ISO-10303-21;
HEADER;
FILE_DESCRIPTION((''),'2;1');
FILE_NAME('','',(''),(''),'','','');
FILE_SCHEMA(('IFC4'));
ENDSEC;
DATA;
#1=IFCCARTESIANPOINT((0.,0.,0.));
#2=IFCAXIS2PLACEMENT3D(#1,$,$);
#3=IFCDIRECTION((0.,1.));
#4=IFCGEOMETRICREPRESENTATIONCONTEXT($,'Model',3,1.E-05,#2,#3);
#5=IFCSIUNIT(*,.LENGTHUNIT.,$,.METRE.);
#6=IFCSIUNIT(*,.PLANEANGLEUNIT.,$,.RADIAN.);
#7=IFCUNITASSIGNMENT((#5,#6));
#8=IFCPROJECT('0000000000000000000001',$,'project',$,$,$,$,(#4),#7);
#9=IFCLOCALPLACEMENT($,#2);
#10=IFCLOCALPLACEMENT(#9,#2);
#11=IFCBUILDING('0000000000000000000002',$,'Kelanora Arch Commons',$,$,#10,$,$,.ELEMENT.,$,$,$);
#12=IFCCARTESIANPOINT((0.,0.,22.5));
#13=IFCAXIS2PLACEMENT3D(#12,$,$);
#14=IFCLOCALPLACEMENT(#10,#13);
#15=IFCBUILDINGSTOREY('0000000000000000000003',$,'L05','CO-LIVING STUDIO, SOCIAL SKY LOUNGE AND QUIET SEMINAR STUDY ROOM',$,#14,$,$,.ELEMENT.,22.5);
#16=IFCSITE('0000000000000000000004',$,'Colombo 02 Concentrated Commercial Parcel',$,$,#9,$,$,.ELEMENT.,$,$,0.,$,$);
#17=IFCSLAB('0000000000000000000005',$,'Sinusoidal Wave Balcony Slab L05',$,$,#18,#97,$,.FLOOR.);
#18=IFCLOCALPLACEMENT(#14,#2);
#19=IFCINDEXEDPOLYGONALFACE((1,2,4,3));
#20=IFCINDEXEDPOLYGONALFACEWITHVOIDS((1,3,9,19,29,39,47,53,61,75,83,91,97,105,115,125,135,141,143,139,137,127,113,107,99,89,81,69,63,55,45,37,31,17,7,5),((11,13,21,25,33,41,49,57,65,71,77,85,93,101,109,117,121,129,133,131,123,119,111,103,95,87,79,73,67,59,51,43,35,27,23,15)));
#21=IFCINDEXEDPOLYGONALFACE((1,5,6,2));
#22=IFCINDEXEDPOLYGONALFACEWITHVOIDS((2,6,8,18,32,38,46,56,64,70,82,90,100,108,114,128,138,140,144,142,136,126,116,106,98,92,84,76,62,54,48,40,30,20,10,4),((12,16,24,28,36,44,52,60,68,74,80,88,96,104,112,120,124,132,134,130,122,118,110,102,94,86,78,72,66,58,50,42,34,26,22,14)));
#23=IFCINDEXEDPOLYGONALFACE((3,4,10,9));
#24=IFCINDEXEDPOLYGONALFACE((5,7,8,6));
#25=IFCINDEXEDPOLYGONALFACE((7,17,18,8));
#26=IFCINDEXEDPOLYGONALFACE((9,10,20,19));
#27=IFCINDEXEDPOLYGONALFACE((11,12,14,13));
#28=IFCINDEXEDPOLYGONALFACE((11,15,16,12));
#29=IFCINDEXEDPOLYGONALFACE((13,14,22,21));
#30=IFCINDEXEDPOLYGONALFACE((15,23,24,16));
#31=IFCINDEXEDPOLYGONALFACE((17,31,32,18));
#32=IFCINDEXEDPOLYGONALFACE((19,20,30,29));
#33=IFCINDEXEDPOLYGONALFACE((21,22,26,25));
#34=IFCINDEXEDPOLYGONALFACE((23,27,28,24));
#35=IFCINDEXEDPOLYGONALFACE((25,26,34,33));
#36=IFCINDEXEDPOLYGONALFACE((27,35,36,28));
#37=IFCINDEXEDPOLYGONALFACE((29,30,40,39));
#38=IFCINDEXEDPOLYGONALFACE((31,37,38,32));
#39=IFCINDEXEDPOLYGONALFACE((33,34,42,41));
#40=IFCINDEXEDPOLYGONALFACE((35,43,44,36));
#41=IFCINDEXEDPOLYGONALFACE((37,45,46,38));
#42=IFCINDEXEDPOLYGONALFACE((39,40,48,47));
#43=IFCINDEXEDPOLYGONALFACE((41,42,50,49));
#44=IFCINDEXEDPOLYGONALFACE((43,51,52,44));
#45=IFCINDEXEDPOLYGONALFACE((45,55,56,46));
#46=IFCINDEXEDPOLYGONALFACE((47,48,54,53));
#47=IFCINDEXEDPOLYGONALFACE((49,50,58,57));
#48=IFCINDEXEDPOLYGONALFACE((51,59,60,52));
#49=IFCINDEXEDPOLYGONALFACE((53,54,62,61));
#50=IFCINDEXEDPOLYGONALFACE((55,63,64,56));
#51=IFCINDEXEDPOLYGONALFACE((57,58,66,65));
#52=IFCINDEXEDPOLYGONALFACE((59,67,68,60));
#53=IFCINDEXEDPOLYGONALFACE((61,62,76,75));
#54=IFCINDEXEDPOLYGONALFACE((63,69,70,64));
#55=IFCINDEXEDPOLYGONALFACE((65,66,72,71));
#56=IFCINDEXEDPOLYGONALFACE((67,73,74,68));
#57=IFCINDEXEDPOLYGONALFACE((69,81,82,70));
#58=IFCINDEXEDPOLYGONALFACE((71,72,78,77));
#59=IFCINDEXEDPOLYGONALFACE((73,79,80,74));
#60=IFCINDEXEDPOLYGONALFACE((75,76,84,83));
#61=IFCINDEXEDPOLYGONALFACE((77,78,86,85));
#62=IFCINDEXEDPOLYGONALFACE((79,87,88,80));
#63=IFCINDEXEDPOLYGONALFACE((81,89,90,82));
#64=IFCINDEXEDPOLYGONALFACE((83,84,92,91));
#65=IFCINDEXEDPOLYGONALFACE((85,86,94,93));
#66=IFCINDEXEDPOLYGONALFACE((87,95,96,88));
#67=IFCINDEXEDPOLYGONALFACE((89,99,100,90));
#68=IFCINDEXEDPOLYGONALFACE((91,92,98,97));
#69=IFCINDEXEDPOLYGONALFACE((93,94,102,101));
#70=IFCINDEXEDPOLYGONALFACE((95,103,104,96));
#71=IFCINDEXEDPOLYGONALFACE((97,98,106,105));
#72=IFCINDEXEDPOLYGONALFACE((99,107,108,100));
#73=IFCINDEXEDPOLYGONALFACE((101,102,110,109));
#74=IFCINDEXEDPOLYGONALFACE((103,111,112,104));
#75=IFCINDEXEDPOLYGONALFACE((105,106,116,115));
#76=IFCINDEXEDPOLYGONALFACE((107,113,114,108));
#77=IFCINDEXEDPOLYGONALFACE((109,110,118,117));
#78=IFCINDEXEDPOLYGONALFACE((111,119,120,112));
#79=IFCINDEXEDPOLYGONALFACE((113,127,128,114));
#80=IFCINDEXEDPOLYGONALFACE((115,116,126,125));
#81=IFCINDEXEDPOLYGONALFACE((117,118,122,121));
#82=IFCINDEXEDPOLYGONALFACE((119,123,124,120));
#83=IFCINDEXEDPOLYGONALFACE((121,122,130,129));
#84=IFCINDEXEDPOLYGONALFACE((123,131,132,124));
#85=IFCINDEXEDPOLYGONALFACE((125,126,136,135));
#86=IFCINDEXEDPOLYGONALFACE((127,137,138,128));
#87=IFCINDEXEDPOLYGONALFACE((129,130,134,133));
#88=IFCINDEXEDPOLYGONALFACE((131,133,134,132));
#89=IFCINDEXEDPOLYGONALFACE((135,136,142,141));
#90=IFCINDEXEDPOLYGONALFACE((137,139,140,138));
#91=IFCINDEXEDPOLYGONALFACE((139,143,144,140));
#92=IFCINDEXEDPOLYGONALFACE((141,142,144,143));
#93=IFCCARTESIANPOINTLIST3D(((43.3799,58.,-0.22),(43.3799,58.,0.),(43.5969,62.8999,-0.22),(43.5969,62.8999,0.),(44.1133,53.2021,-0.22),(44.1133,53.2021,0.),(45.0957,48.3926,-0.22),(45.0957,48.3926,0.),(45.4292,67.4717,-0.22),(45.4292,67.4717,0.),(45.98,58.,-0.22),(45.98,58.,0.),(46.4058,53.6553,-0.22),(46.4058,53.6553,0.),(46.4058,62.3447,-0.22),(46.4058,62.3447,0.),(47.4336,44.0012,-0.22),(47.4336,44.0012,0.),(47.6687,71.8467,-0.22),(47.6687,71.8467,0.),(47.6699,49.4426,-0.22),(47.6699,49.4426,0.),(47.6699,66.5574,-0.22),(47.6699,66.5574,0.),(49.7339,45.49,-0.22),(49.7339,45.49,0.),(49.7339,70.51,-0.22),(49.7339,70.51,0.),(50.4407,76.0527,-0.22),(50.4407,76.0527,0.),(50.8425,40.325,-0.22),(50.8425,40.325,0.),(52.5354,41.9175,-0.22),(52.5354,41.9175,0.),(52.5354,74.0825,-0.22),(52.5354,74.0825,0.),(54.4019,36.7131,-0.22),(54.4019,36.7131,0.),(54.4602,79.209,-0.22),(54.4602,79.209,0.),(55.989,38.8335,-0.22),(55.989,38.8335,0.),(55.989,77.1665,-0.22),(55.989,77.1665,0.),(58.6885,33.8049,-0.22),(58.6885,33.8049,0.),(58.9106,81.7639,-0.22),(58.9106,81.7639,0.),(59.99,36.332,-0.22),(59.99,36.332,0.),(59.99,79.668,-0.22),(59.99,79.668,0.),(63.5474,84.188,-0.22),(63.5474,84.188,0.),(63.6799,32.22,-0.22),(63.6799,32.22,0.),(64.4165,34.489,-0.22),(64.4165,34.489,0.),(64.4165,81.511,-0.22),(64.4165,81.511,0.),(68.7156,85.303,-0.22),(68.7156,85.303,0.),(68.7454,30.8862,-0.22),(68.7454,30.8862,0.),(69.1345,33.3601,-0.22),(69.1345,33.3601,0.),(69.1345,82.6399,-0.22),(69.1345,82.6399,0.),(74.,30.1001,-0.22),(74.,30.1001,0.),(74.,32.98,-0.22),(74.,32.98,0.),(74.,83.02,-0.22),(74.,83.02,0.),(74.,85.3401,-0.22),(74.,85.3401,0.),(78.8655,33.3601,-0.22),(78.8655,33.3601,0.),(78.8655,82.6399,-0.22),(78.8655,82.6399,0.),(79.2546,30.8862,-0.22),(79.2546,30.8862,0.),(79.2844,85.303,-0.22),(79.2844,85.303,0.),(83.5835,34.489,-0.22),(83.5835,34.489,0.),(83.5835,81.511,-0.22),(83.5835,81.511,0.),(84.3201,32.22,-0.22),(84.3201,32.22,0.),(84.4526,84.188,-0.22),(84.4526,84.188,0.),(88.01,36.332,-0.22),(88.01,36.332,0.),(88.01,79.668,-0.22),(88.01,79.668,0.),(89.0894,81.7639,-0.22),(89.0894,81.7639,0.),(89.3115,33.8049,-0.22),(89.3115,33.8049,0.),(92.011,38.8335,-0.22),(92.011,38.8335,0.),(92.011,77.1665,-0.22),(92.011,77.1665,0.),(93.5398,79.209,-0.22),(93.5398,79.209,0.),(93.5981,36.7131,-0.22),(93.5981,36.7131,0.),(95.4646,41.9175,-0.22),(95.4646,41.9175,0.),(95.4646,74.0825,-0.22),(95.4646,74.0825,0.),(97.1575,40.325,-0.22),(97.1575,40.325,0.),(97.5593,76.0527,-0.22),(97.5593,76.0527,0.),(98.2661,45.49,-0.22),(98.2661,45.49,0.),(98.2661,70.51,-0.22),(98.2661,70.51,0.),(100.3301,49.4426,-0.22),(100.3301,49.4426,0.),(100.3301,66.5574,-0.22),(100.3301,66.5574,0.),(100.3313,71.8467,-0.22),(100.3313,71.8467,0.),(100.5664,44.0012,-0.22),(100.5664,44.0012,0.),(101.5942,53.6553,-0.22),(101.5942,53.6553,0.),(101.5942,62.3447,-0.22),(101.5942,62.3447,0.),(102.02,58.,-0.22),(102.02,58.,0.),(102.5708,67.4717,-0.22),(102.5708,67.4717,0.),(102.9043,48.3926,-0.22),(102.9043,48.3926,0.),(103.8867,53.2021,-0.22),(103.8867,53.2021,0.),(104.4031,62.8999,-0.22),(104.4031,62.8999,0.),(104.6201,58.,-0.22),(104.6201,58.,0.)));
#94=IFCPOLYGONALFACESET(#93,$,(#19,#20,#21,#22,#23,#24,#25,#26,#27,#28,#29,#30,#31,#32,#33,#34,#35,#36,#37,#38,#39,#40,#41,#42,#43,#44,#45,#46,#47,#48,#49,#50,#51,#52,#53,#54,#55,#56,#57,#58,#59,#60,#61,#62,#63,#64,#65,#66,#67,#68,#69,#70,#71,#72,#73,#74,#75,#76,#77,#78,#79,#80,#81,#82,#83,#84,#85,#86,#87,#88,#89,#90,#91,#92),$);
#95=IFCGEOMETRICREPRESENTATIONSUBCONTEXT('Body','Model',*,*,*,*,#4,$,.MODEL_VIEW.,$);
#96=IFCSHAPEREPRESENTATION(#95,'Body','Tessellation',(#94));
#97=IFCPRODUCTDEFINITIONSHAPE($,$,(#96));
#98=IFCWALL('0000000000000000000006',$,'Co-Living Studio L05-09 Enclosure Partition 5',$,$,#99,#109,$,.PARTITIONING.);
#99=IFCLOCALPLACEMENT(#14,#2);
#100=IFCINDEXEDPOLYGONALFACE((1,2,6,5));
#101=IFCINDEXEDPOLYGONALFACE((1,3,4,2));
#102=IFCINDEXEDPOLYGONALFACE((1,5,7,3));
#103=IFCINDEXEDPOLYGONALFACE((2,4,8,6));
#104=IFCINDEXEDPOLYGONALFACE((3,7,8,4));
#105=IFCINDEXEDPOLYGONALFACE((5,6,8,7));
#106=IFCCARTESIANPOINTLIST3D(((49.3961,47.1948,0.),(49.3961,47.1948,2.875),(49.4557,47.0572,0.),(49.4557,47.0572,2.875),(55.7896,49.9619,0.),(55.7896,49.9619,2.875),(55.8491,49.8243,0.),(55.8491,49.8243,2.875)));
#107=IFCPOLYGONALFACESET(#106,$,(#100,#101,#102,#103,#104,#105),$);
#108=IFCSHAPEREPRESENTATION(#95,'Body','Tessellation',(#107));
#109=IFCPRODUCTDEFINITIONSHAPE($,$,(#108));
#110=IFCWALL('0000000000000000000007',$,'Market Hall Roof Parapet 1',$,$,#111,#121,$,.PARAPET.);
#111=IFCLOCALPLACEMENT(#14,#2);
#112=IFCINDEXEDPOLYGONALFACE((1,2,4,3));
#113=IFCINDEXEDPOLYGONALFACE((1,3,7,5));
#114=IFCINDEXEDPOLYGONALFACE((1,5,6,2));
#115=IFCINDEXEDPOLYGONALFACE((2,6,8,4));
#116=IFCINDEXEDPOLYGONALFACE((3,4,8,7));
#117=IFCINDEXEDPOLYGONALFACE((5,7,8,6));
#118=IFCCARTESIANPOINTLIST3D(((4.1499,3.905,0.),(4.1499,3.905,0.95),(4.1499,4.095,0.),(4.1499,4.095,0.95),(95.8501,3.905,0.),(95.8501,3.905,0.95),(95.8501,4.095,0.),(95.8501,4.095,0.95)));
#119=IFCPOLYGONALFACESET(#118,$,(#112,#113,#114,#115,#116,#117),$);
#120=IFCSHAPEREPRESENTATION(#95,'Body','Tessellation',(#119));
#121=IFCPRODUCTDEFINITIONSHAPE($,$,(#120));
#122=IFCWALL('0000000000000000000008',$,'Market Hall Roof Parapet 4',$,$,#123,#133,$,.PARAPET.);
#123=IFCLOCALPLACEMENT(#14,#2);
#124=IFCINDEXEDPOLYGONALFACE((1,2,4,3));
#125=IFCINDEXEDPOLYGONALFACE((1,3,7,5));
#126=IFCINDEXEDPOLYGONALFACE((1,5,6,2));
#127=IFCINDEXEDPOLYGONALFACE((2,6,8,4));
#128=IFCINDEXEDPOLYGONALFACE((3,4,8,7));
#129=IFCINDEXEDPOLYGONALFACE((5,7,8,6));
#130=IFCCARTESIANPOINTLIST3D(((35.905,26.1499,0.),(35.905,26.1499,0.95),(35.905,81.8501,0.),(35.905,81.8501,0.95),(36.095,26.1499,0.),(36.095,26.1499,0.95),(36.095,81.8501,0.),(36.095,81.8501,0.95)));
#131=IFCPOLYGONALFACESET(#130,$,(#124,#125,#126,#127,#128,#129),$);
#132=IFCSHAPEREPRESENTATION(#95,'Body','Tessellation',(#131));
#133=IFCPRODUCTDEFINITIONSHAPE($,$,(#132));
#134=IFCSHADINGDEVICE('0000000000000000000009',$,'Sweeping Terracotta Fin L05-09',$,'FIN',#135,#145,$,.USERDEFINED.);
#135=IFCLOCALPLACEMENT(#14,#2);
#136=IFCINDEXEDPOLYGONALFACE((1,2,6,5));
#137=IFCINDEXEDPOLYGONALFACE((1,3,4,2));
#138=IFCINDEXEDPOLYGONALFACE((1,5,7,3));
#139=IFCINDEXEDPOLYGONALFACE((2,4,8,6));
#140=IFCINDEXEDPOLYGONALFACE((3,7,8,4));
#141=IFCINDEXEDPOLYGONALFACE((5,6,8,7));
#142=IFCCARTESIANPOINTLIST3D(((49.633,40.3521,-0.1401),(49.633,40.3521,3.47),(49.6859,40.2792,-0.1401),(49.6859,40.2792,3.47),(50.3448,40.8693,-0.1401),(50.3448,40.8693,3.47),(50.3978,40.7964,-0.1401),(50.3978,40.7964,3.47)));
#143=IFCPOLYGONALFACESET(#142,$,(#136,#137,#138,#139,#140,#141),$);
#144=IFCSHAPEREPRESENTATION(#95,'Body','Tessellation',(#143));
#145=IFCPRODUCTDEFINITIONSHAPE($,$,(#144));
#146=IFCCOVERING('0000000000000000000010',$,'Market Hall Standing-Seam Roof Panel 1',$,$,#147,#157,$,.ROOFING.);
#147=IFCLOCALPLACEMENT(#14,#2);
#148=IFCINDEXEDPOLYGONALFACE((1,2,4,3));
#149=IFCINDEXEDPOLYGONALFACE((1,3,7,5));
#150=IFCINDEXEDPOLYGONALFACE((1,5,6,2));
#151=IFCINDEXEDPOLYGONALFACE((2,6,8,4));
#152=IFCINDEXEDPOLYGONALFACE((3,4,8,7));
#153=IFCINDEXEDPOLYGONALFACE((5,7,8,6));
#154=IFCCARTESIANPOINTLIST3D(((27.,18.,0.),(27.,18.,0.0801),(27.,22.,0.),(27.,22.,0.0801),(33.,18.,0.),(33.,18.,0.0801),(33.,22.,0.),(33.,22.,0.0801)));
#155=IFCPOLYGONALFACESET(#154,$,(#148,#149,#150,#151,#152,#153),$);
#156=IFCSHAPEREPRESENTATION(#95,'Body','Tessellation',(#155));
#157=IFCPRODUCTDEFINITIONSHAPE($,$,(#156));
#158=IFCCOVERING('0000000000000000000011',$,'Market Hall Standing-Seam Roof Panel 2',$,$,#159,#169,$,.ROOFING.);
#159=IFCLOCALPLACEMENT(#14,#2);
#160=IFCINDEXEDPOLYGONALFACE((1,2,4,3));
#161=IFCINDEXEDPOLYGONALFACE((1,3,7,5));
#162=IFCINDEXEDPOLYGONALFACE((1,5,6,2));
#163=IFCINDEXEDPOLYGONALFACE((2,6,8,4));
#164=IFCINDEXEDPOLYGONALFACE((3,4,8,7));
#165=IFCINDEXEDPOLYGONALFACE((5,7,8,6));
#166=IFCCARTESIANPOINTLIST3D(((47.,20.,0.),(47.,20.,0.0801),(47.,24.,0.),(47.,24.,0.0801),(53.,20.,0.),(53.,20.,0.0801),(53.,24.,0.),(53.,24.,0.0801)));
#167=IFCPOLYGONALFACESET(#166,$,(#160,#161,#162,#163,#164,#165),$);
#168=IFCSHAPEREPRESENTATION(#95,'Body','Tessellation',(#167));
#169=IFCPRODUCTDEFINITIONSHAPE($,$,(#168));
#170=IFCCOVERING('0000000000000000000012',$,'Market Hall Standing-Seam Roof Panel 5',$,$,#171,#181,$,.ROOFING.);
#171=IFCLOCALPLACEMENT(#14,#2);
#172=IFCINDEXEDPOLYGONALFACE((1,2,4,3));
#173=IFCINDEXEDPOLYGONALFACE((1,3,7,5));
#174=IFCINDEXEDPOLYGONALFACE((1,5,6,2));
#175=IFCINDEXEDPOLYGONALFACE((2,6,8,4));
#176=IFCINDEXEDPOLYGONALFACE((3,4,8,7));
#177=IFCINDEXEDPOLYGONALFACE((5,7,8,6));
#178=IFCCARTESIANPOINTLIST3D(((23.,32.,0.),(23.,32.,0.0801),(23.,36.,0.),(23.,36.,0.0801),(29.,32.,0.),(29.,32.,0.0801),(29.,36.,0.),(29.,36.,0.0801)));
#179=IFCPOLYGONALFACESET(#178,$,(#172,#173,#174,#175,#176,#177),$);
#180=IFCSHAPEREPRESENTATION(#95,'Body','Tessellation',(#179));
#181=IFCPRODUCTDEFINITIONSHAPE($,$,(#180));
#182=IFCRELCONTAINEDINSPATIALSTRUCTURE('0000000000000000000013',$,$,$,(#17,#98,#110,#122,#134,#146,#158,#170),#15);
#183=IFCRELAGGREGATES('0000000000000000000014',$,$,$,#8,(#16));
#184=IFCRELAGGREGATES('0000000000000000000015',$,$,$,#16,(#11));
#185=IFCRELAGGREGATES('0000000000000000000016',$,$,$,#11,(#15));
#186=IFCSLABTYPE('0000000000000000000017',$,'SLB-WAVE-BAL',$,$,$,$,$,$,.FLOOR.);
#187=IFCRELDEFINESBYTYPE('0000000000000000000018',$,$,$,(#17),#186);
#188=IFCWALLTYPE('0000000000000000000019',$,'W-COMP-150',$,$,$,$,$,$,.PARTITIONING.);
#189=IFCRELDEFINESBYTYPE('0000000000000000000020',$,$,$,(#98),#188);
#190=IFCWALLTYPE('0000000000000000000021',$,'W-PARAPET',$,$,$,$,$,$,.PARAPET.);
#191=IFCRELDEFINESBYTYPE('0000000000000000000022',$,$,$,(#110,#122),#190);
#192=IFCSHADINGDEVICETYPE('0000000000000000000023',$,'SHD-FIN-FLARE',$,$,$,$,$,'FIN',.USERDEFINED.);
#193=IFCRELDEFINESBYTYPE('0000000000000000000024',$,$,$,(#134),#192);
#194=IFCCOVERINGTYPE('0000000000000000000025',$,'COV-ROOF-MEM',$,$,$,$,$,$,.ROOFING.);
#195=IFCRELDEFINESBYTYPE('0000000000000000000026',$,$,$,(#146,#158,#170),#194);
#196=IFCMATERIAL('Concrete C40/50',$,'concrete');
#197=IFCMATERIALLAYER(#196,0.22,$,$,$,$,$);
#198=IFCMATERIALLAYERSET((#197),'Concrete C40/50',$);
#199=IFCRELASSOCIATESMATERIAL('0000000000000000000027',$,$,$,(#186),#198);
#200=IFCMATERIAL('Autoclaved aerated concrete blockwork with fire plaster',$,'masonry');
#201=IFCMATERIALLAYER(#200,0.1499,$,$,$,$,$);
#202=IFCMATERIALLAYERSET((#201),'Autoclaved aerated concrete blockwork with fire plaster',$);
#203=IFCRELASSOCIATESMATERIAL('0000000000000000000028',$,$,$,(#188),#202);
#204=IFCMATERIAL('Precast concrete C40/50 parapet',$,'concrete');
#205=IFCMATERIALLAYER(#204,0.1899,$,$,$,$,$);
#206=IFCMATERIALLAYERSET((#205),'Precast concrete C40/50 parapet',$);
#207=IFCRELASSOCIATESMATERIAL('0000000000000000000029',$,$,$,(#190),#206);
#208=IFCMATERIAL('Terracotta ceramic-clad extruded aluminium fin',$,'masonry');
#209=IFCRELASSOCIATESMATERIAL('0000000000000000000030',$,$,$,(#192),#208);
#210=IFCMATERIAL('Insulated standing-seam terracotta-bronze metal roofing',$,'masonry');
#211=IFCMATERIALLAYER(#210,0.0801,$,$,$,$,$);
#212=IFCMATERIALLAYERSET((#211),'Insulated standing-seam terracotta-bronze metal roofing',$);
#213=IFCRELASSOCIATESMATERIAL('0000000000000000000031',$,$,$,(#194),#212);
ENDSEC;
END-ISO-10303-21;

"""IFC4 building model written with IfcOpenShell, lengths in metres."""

from ifc_helpers import new_model, si_unit, direction, frame, frame_2d, origin, origin_2d, place, context, subcontext, project, spatial, polyline, rectangle, outline, extrude, source, transform, mapped, material, layer, layer_set, type_object, element, save


model = new_model("IFC4")

# Units and contexts
model_context = context("Model", 3, precision=1e-05, world=origin(), true_north=direction((0.0, 1.0)))
body_context = subcontext(model_context, "Body", "Model", "MODEL_VIEW")
ifc_project = project(units=[si_unit("LENGTHUNIT", "METRE"), si_unit("PLANEANGLEUNIT", "RADIAN")], contexts=[model_context])

# Site, building, storey
site_placement = place(None, origin())
site = spatial("IfcSite", under=ifc_project, at=site_placement, Name="Colombo 02 Concentrated Commercial Parcel", CompositionType="ELEMENT", RefElevation=0.0)
building_placement = place(site_placement, origin())
building = spatial("IfcBuilding", under=site, at=building_placement, Name="Kelanora Arch Commons", CompositionType="ELEMENT")
storey_placement = place(building_placement, frame((0.0, 0.0, 22.5)))
storey = spatial("IfcBuildingStorey", under=building, at=storey_placement, Name="L05", Description="CO-LIVING STUDIO, SOCIAL SKY LOUNGE AND QUIET SEMINAR STUDY ROOM", CompositionType="ELEMENT", Elevation=22.5)

# Shared definitions
ifc_material_1 = material(Name="Concrete C40/50", Category="concrete")

# Slab
ifc_layer_1 = layer(ifc_material_1, 0.22)
ifc_layer_set_1 = layer_set([ifc_layer_1], Name="Concrete C40/50")
slab_type_1 = type_object("IfcSlabType", Name="SLB-WAVE-BAL", PredefinedType="FLOOR", material=ifc_layer_set_1)
slab_1_placement = place(storey_placement, frame((0.0, 0.0, -0.22)))
element("IfcSlab", 1, at=slab_1_placement, inside=storey, type_object=slab_type_1, Name="Sinusoidal Wave Balcony Slab L05", PredefinedType="FLOOR", context=body_context, shape_type="SweptSolid", body=[
    extrude(outline(polyline([(104.6201, 58.0), (104.4031, 62.8999), (102.5708, 67.4717), (100.3313, 71.8467), (97.5593, 76.0527), (93.5398, 79.209), (89.0894, 81.7639), (84.4526, 84.188), (79.2844, 85.303), (74.0, 85.3401), (68.7156, 85.303), (63.5474, 84.188), (58.9106, 81.7639), (54.4602, 79.209), (50.4407, 76.0527), (47.6687, 71.8467), (45.4292, 67.4717), (43.5969, 62.8999), (43.3799, 58.0), (44.1133, 53.2021), (45.0957, 48.3926), (47.4336, 44.0012), (50.8425, 40.325), (54.4019, 36.7131), (58.6885, 33.8049), (63.6799, 32.22), (68.7454, 30.8862), (74.0, 30.1001), (79.2546, 30.8862), (84.3201, 32.22), (89.3115, 33.8049), (93.5981, 36.7131), (97.1575, 40.325), (100.5664, 44.0012), (102.9043, 48.3926), (103.8867, 53.2021), (104.6201, 58.0)]), holes=[polyline([(101.5942, 53.6553), (100.3301, 49.4426), (98.2661, 45.49), (95.4646, 41.9175), (92.011, 38.8335), (88.01, 36.332), (83.5835, 34.489), (78.8655, 33.3601), (74.0, 32.98), (69.1345, 33.3601), (64.4165, 34.489), (59.99, 36.332), (55.989, 38.8335), (52.5354, 41.9175), (49.7339, 45.49), (47.6699, 49.4426), (46.4058, 53.6553), (45.98, 58.0), (46.4058, 62.3447), (47.6699, 66.5574), (49.7339, 70.51), (52.5354, 74.0825), (55.989, 77.1665), (59.99, 79.668), (64.4165, 81.511), (69.1345, 82.6399), (74.0, 83.02), (78.8655, 82.6399), (83.5835, 81.511), (88.01, 79.668), (92.011, 77.1665), (95.4646, 74.0825), (98.2661, 70.51), (100.3301, 66.5574), (101.5942, 62.3447), (102.02, 58.0), (101.5942, 53.6553)])]), origin(), (0.0, 0.0, 1.0), 0.22),
])

# Walls
ifc_material_2 = material(Name="Autoclaved aerated concrete blockwork with fire plaster", Category="masonry")
ifc_layer_2 = layer(ifc_material_2, 0.1499)
ifc_layer_set_2 = layer_set([ifc_layer_2], Name="Autoclaved aerated concrete blockwork with fire plaster")
wall_type_1 = type_object("IfcWallType", Name="W-COMP-150", PredefinedType="PARTITIONING", material=ifc_layer_set_2)
wall_1_placement = place(storey_placement, frame((49.4258, 47.126, 0.0), z_axis=(0.0, 0.0, 1.0), x_axis=(0.917736, 0.39719, 0.0)))
element("IfcWall", 2, at=wall_1_placement, inside=storey, type_object=wall_type_1, Name="Co-Living Studio L05-09 Enclosure Partition 5", PredefinedType="PARTITIONING", context=body_context, shape_type="SweptSolid", body=[
    extrude(rectangle(XDim=6.9666, YDim=0.1499, at=frame_2d((3.4834, 0.0))), origin(), (0.0, 0.0, 1.0), 2.875),
])
ifc_material_3 = material(Name="Precast concrete C40/50 parapet", Category="concrete")
ifc_layer_3 = layer(ifc_material_3, 0.1899)
ifc_layer_set_3 = layer_set([ifc_layer_3], Name="Precast concrete C40/50 parapet")
wall_type_2 = type_object("IfcWallType", Name="W-PARAPET", PredefinedType="PARAPET", material=ifc_layer_set_3)
wall_2_placement = place(storey_placement, frame((4.1499, 4.0, 0.0), z_axis=(0.0, 0.0, 1.0), x_axis=(1.0, 0.0, 0.0)))
element("IfcWall", 3, at=wall_2_placement, inside=storey, type_object=wall_type_2, Name="Market Hall Roof Parapet 1", PredefinedType="PARAPET", context=body_context, shape_type="SweptSolid", body=[
    extrude(rectangle(XDim=91.7002, YDim=0.1899, at=frame_2d((45.8501, 0.0))), origin(), (0.0, 0.0, 1.0), 0.95),
])
wall_3_placement = place(storey_placement, frame((36.0, 26.1499, 0.0), z_axis=(0.0, 0.0, 1.0), x_axis=(0.0, 1.0, 0.0)))
element("IfcWall", 4, at=wall_3_placement, inside=storey, type_object=wall_type_2, Name="Market Hall Roof Parapet 4", PredefinedType="PARAPET", context=body_context, shape_type="SweptSolid", body=[
    extrude(rectangle(XDim=55.7002, YDim=0.1899, at=frame_2d((27.8501, 0.0))), origin(), (0.0, 0.0, 1.0), 0.95),
])

# Shading device
ifc_material_4 = material(Name="Terracotta ceramic-clad extruded aluminium fin", Category="masonry")
shading_device_type = type_object("IfcShadingDeviceType", Name="SHD-FIN-FLARE", ElementType="FIN", PredefinedType="USERDEFINED", material=ifc_material_4)
shared_shape_1 = source(origin(), body_context, "Body", "SweptSolid", [
    extrude(rectangle(XDim=0.8799, YDim=0.0901, at=origin_2d()), origin(), (0.0, 0.0, 1.0), 3.6101),
])
shading_device_placement = place(storey_placement, frame((50.0154, 40.5742, -0.1401), z_axis=(0.0, 0.0, 1.0), x_axis=(-0.809017, -0.587785, 0.0)))
element("IfcShadingDevice", 5, at=shading_device_placement, inside=storey, type_object=shading_device_type, Name="Sweeping Terracotta Fin L05-09", ObjectType="FIN", PredefinedType="USERDEFINED", context=body_context, shape_type="MappedRepresentation", body=[
    mapped(shared_shape_1, transform((0.0, 0.0, 0.0), scale=1.0)),
])

# Coverings
ifc_material_5 = material(Name="Insulated standing-seam terracotta-bronze metal roofing", Category="masonry")
ifc_layer_4 = layer(ifc_material_5, 0.0801)
ifc_layer_set_4 = layer_set([ifc_layer_4], Name="Insulated standing-seam terracotta-bronze metal roofing")
covering_type = type_object("IfcCoveringType", Name="COV-ROOF-MEM", PredefinedType="ROOFING", material=ifc_layer_set_4)
shared_shape_2 = source(origin(), body_context, "Body", "SweptSolid", [
    extrude(rectangle(XDim=6.0, YDim=4.0, at=origin_2d()), origin(), (0.0, 0.0, 1.0), 0.0801),
])
for number, where, z_axis, x_axis, name in (
    (6, (30.0, 20.0, 0.0), (0.0, 0.0, 1.0), (1.0, 0.0, 0.0), "Market Hall Standing-Seam Roof Panel 1"),
    (7, (50.0, 22.0, 0.0), (0.0, 0.0, 1.0), (1.0, 0.0, 0.0), "Market Hall Standing-Seam Roof Panel 2"),
    (8, (26.0, 34.0, 0.0), (0.0, 0.0, 1.0), (1.0, 0.0, 0.0), "Market Hall Standing-Seam Roof Panel 5"),
):
    element("IfcCovering", number, at=place(storey_placement, frame(where, z_axis=z_axis, x_axis=x_axis)), inside=storey, type_object=covering_type, Name=name, PredefinedType="ROOFING", context=body_context, shape_type="MappedRepresentation", body=[
        mapped(shared_shape_2, transform((0.0, 0.0, 0.0), scale=1.0)),
    ])

save(model, "model.ifc")
